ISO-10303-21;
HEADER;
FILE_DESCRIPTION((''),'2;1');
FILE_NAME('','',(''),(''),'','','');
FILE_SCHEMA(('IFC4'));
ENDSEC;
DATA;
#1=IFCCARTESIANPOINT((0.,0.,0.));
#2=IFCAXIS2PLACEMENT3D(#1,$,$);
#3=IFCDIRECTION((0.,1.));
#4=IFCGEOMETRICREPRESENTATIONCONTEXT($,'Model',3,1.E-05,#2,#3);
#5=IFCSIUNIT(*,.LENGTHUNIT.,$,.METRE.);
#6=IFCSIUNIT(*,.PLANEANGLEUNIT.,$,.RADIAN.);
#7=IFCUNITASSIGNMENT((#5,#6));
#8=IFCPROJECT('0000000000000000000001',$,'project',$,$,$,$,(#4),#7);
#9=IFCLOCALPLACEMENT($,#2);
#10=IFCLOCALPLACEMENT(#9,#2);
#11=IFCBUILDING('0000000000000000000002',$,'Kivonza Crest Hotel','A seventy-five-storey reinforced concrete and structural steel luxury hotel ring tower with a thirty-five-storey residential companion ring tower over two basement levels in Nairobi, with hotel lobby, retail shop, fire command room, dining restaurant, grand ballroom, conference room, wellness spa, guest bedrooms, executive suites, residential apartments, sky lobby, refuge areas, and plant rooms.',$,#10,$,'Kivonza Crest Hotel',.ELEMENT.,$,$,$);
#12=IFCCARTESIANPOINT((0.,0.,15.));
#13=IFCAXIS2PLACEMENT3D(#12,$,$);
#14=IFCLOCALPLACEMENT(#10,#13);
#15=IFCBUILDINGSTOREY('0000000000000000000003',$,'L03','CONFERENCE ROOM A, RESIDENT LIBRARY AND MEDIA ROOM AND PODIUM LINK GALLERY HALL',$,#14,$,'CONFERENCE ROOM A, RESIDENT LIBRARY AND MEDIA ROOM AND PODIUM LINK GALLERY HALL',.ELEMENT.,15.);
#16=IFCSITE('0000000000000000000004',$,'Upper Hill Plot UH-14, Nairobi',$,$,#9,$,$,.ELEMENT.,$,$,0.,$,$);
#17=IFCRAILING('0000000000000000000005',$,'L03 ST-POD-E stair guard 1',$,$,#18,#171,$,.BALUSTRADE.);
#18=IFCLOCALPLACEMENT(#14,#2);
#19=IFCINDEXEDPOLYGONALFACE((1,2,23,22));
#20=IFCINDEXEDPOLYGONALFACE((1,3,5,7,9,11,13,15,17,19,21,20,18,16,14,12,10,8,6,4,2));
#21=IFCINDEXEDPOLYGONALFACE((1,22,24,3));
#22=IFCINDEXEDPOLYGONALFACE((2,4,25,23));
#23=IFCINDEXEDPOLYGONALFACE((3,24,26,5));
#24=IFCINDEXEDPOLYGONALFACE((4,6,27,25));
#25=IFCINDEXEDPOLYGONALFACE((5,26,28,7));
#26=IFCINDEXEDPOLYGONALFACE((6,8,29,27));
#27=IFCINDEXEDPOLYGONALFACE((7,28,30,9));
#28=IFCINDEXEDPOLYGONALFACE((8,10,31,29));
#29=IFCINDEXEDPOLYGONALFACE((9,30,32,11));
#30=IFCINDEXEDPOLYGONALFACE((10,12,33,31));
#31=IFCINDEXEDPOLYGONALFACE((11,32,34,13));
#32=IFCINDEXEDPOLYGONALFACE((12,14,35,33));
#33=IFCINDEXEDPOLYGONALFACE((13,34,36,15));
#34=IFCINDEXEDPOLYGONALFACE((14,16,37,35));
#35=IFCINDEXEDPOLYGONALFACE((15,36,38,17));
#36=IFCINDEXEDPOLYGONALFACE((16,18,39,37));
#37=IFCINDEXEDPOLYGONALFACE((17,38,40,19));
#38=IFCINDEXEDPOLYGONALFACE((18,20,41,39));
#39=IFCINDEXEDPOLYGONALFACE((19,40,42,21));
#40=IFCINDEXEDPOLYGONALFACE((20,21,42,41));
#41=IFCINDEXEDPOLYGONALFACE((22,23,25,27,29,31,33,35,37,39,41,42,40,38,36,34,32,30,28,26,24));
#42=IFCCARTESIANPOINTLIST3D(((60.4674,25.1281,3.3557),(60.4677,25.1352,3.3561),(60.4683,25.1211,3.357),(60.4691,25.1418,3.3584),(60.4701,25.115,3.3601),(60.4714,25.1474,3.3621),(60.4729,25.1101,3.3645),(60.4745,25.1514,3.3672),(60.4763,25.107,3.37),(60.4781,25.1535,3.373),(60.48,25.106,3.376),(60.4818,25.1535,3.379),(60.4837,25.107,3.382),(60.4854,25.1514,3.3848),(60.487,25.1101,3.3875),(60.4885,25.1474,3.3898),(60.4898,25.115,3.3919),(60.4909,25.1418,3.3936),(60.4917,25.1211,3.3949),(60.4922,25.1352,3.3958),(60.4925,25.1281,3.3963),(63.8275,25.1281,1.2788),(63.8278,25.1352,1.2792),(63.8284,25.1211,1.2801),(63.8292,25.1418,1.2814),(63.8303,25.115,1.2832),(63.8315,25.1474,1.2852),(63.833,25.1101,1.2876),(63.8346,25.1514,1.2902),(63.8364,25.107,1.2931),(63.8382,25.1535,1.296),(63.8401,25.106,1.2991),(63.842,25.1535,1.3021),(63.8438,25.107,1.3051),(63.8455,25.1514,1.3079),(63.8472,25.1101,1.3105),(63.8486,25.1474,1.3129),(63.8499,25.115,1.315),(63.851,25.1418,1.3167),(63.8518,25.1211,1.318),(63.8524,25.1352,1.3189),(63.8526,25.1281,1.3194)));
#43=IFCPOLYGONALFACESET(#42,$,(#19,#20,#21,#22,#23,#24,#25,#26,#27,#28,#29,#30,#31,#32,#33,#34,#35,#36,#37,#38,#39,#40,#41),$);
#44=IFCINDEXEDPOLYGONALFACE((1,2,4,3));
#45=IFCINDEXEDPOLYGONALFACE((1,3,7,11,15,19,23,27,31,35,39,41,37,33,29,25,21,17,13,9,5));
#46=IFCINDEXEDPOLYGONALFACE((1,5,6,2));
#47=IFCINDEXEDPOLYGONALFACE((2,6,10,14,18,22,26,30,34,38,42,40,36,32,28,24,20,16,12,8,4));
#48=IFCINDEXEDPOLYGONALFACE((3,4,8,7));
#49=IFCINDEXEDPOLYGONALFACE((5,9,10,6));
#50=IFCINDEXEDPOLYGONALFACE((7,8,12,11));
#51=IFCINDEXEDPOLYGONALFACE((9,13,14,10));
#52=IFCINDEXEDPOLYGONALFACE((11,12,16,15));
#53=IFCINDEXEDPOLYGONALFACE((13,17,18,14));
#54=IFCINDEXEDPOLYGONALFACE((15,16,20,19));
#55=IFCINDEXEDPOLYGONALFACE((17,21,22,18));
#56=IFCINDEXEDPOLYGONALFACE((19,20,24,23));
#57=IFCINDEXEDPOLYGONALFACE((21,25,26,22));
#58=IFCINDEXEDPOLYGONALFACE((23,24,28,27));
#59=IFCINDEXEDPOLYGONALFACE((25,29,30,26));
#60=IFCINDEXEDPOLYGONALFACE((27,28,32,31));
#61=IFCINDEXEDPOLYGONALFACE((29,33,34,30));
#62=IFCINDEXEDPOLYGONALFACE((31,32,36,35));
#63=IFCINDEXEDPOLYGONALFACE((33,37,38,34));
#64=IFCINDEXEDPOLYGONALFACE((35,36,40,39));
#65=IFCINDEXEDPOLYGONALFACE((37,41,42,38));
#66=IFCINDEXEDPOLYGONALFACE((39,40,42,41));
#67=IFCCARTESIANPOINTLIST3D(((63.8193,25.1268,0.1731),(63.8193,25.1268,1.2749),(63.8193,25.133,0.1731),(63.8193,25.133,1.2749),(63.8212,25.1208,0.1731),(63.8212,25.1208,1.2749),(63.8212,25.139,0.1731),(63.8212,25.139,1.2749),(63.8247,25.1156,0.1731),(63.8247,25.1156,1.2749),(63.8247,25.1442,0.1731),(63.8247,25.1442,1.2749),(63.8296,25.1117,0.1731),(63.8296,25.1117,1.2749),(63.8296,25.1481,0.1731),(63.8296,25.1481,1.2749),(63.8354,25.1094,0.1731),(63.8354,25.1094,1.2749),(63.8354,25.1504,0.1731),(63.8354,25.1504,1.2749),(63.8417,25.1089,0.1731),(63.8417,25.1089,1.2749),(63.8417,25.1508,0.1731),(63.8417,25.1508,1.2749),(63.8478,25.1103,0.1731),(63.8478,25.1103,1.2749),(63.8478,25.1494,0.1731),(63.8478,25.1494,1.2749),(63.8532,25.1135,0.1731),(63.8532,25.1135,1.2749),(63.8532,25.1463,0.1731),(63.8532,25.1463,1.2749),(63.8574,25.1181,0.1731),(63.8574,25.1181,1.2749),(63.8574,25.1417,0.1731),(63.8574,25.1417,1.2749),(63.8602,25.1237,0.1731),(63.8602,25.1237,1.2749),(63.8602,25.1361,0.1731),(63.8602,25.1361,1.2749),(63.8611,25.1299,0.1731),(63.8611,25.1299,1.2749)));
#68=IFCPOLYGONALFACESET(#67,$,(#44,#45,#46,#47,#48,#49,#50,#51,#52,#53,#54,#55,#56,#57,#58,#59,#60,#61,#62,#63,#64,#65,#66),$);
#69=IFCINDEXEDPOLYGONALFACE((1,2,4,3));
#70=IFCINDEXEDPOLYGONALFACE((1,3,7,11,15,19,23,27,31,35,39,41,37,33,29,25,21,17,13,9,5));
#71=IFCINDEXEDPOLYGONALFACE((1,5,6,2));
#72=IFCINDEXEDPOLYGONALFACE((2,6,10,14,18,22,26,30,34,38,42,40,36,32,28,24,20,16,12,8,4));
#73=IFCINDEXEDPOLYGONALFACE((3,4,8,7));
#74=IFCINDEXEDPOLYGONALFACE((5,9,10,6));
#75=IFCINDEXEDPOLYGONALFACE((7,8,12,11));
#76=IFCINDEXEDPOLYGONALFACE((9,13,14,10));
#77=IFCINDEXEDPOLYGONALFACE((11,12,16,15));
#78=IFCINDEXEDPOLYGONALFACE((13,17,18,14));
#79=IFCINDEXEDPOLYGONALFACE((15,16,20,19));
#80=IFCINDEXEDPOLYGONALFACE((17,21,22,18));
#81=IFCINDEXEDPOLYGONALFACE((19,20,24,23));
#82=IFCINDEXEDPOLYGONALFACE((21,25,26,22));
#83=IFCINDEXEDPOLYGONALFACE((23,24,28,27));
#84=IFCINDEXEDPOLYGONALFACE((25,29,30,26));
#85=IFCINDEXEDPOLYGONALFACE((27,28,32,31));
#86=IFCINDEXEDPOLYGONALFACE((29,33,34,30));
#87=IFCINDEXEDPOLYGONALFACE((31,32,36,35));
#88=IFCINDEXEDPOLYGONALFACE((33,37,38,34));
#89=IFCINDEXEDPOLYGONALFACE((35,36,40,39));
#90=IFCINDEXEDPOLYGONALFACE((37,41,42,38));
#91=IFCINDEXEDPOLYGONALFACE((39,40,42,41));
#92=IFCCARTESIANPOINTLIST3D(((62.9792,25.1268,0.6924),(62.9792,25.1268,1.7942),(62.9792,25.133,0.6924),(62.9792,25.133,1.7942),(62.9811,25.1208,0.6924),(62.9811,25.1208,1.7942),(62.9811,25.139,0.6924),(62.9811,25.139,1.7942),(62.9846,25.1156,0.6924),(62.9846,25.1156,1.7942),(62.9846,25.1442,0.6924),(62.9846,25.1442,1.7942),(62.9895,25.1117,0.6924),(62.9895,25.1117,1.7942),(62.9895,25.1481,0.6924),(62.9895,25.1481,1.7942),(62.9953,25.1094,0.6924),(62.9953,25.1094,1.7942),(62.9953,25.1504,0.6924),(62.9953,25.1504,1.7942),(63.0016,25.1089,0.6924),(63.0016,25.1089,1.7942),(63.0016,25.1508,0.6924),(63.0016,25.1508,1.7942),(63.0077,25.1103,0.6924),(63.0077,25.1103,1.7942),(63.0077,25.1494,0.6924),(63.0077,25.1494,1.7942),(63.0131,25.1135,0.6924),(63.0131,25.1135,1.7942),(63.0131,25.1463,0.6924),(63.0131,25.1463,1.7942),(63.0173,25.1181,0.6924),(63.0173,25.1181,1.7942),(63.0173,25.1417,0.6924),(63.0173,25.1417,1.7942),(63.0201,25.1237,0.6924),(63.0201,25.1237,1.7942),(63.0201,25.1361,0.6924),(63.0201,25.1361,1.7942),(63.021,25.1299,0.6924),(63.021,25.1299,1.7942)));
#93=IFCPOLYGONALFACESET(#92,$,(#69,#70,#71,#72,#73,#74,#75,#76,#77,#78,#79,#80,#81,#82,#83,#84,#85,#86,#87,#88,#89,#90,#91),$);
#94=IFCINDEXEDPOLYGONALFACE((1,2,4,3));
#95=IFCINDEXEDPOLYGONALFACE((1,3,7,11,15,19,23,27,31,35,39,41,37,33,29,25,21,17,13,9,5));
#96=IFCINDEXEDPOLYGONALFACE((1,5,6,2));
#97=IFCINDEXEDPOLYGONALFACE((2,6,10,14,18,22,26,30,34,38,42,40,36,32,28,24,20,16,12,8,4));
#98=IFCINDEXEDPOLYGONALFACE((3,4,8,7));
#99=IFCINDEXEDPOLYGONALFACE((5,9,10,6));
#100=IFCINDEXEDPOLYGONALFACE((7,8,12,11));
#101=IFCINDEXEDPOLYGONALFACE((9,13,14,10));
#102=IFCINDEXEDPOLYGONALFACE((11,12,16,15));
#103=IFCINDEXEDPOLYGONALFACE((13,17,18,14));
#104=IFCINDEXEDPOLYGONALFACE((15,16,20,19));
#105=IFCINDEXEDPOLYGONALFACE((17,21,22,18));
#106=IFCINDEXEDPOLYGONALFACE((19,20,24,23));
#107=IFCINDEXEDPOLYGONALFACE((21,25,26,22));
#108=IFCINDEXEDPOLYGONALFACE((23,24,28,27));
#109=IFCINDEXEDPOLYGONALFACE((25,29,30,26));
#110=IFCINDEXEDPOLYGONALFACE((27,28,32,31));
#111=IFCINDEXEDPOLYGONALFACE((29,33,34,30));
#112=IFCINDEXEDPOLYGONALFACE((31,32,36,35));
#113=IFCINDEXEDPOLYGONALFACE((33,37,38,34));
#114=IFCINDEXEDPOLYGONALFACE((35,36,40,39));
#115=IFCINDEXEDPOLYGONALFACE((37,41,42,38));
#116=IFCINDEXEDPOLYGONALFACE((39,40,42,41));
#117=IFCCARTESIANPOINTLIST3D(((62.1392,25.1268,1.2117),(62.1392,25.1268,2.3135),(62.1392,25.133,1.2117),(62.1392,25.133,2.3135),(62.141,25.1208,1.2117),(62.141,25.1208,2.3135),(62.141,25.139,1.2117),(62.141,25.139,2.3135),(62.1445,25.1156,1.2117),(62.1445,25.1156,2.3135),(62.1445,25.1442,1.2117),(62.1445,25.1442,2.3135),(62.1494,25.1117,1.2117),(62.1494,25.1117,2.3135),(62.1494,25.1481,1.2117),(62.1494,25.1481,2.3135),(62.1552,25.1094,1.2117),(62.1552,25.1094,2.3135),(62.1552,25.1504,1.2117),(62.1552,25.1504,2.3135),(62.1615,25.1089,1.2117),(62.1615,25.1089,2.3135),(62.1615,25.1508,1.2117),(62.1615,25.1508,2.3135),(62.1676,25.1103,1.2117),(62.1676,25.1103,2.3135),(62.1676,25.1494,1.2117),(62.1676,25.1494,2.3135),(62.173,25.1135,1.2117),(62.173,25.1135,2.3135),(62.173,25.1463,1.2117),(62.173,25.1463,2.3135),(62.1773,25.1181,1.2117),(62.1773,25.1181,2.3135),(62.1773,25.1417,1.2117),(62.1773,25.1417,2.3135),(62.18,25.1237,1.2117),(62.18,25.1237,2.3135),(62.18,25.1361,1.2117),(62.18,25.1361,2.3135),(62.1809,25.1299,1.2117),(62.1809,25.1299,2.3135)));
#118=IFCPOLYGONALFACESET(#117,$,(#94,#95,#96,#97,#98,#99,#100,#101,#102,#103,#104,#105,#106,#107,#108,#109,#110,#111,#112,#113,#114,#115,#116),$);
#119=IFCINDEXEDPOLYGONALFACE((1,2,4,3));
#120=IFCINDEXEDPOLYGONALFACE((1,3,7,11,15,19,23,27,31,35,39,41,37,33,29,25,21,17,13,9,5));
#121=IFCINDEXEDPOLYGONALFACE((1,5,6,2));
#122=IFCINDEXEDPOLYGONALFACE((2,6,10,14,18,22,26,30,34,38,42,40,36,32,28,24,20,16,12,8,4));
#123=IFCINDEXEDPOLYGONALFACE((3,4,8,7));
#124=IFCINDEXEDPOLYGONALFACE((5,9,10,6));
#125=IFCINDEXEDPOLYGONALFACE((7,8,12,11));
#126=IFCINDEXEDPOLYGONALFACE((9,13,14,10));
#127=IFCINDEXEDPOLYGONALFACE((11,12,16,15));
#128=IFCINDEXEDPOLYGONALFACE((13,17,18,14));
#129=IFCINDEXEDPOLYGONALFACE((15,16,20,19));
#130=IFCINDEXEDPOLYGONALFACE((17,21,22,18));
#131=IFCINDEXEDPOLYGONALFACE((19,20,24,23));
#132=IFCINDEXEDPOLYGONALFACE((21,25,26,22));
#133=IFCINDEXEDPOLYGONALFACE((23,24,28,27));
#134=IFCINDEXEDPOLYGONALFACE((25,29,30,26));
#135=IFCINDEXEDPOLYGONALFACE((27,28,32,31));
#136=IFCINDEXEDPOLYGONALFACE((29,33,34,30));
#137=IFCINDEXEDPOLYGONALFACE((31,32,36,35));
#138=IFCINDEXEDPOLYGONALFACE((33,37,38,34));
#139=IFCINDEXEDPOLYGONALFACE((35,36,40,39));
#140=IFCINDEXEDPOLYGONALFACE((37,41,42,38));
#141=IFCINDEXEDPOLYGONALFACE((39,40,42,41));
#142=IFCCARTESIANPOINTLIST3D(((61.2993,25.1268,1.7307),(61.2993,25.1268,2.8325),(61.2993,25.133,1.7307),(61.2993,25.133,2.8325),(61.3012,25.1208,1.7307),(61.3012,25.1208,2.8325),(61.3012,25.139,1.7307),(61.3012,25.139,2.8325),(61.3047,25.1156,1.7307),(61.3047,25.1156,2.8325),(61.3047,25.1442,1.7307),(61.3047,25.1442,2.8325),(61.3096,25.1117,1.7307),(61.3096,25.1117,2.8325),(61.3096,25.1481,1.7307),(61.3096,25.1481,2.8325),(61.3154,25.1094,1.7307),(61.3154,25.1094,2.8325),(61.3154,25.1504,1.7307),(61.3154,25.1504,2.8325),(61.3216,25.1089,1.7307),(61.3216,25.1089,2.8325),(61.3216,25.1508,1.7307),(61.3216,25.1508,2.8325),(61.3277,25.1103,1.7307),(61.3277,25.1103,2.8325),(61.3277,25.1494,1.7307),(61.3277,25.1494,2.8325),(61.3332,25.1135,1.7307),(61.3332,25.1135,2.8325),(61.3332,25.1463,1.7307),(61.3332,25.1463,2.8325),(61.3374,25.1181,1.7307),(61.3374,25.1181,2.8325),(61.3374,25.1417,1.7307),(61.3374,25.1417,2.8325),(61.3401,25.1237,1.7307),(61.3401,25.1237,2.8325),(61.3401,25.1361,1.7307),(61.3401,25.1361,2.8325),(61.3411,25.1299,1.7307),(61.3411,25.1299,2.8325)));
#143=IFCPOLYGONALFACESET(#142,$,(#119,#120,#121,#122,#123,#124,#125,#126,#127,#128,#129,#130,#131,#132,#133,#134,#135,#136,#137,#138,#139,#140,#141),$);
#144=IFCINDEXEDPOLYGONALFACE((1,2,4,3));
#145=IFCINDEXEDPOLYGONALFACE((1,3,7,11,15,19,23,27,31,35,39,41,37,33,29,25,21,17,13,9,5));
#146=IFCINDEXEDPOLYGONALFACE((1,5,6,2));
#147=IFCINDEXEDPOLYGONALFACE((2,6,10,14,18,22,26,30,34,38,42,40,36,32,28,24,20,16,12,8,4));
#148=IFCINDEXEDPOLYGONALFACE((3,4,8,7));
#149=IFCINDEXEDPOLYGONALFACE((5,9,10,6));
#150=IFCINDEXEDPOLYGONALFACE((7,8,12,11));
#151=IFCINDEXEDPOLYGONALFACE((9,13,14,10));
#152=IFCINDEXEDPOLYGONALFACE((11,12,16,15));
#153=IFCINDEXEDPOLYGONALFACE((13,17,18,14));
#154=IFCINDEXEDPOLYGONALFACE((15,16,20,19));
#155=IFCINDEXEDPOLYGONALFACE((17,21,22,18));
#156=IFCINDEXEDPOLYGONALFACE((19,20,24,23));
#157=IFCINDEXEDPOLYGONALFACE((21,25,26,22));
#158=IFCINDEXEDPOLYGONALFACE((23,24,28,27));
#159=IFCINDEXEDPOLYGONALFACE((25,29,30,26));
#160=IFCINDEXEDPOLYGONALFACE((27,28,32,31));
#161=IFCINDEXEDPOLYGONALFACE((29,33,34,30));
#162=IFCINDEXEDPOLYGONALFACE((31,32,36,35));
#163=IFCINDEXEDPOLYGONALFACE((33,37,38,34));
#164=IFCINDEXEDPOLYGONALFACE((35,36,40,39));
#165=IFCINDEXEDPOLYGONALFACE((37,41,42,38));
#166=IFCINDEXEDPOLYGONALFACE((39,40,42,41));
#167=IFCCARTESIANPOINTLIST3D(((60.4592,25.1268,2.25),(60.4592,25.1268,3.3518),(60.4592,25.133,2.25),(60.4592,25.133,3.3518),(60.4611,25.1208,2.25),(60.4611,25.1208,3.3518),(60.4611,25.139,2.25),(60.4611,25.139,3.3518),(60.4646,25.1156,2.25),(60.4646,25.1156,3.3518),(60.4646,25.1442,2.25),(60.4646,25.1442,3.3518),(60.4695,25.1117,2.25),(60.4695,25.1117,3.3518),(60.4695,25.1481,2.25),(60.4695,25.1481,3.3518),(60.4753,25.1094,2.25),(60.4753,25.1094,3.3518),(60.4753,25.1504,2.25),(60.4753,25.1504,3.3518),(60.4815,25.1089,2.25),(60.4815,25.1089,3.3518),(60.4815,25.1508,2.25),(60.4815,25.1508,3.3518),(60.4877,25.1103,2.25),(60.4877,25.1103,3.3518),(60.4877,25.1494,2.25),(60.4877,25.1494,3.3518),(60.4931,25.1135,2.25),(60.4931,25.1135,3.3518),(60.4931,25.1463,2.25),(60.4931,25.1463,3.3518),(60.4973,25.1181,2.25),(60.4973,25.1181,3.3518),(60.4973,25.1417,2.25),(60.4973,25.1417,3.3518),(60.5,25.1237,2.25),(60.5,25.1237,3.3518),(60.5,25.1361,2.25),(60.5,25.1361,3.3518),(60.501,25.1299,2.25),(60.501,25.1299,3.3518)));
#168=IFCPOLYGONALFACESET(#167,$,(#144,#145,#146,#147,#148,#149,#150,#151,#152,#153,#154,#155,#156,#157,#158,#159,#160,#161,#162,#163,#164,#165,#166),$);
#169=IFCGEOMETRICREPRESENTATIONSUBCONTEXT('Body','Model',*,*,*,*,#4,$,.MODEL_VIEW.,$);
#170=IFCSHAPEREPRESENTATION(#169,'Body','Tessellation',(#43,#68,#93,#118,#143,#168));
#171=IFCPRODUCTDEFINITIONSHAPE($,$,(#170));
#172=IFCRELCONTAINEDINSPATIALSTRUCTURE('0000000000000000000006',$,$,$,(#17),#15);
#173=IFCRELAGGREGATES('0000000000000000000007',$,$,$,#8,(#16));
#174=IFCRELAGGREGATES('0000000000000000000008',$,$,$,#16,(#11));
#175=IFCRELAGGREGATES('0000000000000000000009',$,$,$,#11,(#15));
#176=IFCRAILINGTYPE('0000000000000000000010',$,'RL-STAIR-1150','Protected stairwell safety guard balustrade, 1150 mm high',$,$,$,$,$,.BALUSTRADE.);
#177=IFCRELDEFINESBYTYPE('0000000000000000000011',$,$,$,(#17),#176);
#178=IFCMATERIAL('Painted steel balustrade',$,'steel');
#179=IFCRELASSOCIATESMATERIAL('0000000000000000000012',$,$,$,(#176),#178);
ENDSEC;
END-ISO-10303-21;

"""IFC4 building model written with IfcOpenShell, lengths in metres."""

from ifc_helpers import new_model, si_unit, direction, frame, origin, origin_2d, place, context, subcontext, project, spatial, circle, extrude, material, type_object, element, save


model = new_model("IFC4")

# Units and contexts
model_context = context("Model", 3, precision=1e-05, world=origin(), true_north=direction((0.0, 1.0)))
body_context = subcontext(model_context, "Body", "Model", "MODEL_VIEW")
ifc_project = project(units=[si_unit("LENGTHUNIT", "METRE"), si_unit("PLANEANGLEUNIT", "RADIAN")], contexts=[model_context])

# Site, building, storey
site_placement = place(None, origin())
site = spatial("IfcSite", under=ifc_project, at=site_placement, Name="Upper Hill Plot UH-14, Nairobi", CompositionType="ELEMENT", RefElevation=0.0)
building_placement = place(site_placement, origin())
building = spatial("IfcBuilding", under=site, at=building_placement, Name="Kivonza Crest Hotel", Description="A seventy-five-storey reinforced concrete and structural steel luxury hotel ring tower with a thirty-five-storey residential companion ring tower over two basement levels in Nairobi, with hotel lobby, retail shop, fire command room, dining restaurant, grand ballroom, conference room, wellness spa, guest bedrooms, executive suites, residential apartments, sky lobby, refuge areas, and plant rooms.", LongName="Kivonza Crest Hotel", CompositionType="ELEMENT")
storey_placement = place(building_placement, frame((0.0, 0.0, 15.0)))
storey = spatial("IfcBuildingStorey", under=building, at=storey_placement, Name="L03", Description="CONFERENCE ROOM A, RESIDENT LIBRARY AND MEDIA ROOM AND PODIUM LINK GALLERY HALL", LongName="CONFERENCE ROOM A, RESIDENT LIBRARY AND MEDIA ROOM AND PODIUM LINK GALLERY HALL", CompositionType="ELEMENT", Elevation=15.0)

# Railing
ifc_material_1 = material(Name="Painted steel balustrade", Category="steel")
railing_type_1 = type_object("IfcRailingType", Name="RL-STAIR-1150", Description="Protected stairwell safety guard balustrade, 1150 mm high", PredefinedType="BALUSTRADE", material=ifc_material_1)
railing_1_placement = place(storey_placement, frame((63.8401, 25.1299, 0.1731)))
element("IfcRailing", 1, at=railing_1_placement, inside=storey, type_object=railing_type_1, Name="L03 ST-POD-E stair guard 1", PredefinedType="BALUSTRADE", context=body_context, shape_type="SweptSolid", body=[
    extrude(circle(Radius=0.0239, at=origin_2d()), frame((0.0, 0.0, 1.126), z_axis=(-0.850623, 0.0, 0.525776), x_axis=(0.0, -1.0, 0.0)), (0.0, 0.0, 1.0), 3.9502),
    extrude(circle(Radius=0.021, at=origin_2d()), origin(), (0.0, 0.0, 1.0), 1.1018),
    extrude(circle(Radius=0.021, at=origin_2d()), frame((-0.8401, 0.0, 0.5193)), (0.0, 0.0, 1.0), 1.1018),
    extrude(circle(Radius=0.021, at=origin_2d()), frame((-1.6802, 0.0, 1.0386)), (0.0, 0.0, 1.0), 1.1018),
    extrude(circle(Radius=0.021, at=origin_2d()), frame((-2.52, 0.0, 1.5576)), (0.0, 0.0, 1.0), 1.1018),
    extrude(circle(Radius=0.021, at=origin_2d()), frame((-3.3601, 0.0, 2.0769)), (0.0, 0.0, 1.0), 1.1018),
])

save(model, "model.ifc")
